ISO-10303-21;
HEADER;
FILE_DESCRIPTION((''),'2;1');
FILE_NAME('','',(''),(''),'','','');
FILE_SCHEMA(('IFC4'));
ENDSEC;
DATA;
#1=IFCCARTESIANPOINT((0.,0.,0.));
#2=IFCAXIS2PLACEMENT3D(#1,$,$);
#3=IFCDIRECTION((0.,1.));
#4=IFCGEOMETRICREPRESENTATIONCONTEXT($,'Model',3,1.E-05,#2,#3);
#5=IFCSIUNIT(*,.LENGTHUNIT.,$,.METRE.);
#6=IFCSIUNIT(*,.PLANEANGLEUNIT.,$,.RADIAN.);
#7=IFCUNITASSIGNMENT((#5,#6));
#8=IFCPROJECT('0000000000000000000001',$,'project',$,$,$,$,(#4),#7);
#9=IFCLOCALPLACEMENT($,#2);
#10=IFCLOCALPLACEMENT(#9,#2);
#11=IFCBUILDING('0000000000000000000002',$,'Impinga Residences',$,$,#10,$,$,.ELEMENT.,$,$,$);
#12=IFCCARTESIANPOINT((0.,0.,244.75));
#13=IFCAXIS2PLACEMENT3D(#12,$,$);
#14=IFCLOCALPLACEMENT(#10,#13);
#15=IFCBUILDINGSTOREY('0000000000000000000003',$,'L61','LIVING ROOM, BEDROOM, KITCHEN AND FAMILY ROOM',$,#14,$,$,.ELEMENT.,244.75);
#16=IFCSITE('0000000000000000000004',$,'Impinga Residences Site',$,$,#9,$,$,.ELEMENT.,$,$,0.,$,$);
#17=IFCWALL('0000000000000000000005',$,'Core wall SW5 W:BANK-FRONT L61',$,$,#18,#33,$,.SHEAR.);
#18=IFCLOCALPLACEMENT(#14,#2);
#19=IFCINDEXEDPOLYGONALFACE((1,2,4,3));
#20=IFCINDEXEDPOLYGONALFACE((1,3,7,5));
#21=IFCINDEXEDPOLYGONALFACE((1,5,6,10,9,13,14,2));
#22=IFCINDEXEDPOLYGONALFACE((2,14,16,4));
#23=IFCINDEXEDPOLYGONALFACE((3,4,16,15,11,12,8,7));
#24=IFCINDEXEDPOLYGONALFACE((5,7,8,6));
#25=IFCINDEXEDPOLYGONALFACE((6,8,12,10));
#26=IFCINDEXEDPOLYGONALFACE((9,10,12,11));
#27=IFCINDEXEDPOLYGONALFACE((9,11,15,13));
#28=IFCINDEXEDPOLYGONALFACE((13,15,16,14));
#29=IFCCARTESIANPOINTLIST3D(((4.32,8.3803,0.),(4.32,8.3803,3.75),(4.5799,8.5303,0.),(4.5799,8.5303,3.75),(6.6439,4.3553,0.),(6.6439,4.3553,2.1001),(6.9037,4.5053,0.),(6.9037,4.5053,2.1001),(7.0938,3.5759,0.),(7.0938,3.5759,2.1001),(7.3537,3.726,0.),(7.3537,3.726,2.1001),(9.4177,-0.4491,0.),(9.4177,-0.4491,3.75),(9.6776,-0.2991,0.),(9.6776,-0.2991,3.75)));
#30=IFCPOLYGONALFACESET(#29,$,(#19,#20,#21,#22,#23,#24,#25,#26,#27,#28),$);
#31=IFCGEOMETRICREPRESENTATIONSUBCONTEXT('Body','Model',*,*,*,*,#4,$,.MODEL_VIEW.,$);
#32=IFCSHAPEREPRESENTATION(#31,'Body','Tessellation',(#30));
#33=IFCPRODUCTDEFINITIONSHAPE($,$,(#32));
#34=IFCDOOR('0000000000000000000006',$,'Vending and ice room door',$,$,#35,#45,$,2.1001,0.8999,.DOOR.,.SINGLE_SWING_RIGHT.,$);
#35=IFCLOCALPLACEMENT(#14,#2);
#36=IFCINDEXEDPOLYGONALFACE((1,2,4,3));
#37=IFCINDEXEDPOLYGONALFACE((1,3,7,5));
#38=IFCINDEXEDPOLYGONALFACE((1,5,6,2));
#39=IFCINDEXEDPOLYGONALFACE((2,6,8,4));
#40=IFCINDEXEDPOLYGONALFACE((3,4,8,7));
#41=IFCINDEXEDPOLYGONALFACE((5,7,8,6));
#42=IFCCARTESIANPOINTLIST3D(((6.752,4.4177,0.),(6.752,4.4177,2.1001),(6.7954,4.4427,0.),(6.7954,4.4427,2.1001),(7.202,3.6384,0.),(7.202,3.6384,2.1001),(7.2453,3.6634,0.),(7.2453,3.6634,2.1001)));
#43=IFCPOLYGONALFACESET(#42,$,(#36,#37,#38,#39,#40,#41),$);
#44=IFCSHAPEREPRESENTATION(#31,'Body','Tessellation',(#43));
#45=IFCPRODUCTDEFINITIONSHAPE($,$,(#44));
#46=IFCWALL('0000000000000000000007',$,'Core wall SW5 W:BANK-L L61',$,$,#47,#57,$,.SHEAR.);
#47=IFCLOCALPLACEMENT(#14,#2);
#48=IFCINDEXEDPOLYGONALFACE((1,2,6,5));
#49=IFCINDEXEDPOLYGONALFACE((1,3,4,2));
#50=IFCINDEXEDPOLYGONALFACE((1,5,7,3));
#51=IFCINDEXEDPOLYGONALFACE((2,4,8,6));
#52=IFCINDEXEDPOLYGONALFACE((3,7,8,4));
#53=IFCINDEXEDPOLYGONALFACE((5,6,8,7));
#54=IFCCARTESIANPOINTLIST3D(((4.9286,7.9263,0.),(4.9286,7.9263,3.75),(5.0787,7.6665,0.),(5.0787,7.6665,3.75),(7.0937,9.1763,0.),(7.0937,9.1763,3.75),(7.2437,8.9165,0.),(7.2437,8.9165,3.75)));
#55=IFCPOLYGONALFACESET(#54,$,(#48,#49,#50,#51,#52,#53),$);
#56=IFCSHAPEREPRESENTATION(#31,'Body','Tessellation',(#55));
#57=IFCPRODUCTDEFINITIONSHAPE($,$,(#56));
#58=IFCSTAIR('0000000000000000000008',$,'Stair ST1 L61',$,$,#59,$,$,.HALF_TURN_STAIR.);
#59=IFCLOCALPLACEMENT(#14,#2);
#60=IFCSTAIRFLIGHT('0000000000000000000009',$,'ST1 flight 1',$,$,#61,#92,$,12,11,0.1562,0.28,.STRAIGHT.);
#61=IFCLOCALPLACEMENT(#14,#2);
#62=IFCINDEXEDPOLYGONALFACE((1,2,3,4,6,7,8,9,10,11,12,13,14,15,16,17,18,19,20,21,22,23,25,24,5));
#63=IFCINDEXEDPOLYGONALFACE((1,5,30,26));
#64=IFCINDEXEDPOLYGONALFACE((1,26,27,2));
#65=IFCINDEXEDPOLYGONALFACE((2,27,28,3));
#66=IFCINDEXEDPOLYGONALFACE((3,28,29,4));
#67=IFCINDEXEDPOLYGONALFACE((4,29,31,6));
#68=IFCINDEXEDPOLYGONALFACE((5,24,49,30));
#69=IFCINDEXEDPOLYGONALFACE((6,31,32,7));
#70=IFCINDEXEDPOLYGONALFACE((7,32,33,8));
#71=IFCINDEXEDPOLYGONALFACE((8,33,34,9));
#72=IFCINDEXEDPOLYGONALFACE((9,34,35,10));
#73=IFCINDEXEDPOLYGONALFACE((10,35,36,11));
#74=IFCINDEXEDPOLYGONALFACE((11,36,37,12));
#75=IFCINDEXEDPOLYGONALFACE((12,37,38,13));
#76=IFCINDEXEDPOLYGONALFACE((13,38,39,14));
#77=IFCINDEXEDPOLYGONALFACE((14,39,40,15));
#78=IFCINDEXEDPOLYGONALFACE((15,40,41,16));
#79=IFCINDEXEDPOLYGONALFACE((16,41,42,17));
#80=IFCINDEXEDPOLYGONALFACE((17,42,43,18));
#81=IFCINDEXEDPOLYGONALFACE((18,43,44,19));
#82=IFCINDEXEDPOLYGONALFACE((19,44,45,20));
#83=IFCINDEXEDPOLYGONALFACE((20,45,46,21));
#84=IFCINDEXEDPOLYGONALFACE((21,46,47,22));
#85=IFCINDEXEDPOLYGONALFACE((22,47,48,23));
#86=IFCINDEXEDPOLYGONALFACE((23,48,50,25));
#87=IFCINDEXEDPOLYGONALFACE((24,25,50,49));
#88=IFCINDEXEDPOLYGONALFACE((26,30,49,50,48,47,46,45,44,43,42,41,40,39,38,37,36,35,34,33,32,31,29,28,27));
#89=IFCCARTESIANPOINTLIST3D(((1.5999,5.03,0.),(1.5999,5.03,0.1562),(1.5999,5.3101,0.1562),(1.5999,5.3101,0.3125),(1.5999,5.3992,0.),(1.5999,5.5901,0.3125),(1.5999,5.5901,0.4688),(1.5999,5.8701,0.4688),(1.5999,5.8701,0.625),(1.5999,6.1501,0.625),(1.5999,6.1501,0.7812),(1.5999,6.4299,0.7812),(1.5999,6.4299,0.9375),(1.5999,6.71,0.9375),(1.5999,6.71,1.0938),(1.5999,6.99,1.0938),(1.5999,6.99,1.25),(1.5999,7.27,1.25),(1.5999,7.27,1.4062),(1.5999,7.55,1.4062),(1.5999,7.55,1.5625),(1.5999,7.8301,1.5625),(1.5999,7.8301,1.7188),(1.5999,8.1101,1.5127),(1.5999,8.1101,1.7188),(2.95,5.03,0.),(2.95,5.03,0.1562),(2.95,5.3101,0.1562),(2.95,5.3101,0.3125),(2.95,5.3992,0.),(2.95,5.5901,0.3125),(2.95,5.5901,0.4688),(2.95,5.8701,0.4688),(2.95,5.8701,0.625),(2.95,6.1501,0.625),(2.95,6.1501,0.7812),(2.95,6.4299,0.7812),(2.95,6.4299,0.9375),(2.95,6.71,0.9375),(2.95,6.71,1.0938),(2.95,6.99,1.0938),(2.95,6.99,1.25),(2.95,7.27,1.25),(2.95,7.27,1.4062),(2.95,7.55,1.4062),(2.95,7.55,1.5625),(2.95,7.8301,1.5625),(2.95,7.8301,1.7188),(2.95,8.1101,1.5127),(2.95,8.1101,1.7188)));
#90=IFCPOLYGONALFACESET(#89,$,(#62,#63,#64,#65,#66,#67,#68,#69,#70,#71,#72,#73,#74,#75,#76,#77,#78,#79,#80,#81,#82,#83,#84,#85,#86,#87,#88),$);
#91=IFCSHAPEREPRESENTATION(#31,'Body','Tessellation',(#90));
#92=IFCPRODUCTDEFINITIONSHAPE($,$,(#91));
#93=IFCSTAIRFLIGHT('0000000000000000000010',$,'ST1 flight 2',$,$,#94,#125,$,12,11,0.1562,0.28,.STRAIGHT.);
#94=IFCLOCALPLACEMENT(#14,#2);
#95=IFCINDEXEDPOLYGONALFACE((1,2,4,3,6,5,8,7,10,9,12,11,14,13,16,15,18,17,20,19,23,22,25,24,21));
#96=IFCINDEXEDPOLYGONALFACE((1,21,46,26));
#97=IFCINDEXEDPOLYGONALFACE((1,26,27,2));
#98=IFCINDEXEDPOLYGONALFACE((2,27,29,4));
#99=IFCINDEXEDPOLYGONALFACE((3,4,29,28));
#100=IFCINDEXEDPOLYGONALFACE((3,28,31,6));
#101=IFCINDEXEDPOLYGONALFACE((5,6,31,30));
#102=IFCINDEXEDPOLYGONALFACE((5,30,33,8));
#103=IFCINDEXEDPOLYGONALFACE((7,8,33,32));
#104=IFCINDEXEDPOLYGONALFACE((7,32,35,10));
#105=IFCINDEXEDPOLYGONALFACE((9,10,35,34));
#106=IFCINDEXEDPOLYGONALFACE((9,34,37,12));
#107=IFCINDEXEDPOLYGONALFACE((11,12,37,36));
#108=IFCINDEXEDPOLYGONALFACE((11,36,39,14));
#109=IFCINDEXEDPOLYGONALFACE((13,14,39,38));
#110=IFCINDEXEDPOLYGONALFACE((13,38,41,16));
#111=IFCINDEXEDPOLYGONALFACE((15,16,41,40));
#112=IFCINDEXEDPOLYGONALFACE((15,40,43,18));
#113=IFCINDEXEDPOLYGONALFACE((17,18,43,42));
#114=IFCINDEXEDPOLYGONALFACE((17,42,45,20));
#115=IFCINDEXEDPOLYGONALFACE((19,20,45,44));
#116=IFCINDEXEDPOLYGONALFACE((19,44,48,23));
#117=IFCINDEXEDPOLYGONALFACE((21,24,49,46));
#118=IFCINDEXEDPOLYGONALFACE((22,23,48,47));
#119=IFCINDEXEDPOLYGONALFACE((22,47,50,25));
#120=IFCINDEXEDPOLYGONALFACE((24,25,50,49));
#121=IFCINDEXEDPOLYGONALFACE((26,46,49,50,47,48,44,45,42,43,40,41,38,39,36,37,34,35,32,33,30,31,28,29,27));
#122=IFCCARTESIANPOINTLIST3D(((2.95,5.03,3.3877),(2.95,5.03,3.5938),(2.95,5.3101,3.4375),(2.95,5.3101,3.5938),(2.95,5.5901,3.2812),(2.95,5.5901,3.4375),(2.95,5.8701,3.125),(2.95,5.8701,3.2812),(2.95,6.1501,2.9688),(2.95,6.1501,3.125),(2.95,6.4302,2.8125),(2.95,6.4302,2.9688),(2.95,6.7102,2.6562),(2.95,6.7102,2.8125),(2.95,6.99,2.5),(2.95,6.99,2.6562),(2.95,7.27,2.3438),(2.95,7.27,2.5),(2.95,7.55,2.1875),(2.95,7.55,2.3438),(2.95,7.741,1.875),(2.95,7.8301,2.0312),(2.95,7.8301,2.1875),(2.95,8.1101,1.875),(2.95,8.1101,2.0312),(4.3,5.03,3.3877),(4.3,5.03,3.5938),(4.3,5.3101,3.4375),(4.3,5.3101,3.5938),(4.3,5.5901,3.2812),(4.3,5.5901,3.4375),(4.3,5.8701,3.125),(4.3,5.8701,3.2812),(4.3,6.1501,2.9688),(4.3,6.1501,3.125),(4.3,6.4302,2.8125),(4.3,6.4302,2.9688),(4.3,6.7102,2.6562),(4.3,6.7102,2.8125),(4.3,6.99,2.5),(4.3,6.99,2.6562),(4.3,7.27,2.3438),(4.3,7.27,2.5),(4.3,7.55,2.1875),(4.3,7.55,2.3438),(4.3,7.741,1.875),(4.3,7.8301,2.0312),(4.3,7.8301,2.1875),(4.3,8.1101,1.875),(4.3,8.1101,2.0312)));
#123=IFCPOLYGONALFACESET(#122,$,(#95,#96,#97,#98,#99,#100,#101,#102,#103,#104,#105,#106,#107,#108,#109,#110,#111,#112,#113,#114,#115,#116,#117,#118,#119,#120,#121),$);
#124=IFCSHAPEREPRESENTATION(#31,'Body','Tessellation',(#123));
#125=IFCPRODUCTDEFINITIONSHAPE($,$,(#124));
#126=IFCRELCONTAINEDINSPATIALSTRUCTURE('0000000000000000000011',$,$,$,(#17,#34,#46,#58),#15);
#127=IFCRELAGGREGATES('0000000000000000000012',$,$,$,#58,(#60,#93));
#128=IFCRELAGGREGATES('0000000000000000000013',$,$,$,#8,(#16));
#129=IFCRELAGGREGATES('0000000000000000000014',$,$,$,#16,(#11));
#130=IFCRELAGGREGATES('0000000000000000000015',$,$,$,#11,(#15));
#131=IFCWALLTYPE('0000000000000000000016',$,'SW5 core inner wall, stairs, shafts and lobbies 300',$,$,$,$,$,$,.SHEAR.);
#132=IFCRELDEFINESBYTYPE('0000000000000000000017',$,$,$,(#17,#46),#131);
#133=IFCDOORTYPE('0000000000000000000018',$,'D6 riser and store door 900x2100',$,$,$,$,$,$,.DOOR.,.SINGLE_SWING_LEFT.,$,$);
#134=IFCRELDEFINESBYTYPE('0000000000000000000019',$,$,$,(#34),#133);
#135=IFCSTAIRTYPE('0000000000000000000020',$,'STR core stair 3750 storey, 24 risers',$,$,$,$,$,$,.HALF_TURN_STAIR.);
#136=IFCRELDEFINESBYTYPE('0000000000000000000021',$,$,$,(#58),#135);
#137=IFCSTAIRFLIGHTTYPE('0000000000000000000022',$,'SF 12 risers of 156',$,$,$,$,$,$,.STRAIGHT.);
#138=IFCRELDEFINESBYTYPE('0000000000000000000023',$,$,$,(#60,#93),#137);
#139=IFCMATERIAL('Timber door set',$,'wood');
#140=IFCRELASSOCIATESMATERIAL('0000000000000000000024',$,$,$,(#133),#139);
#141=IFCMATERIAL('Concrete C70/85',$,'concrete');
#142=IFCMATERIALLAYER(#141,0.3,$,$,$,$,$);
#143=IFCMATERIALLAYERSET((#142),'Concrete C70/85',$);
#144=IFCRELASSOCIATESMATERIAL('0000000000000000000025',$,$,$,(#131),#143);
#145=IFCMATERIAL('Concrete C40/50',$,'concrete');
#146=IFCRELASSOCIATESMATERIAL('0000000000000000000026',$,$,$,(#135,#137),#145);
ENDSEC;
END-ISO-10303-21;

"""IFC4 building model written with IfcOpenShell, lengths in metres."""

from ifc_helpers import new_model, si_unit, direction, frame, frame_2d, origin, place, context, subcontext, project, spatial, polyline, rectangle, outline, extrude, material, layer, layer_set, type_object, element, fill, aggregate, save


model = new_model("IFC4")

# Units and contexts
model_context = context("Model", 3, precision=1e-05, world=origin(), true_north=direction((0.0, 1.0)))
body_context = subcontext(model_context, "Body", "Model", "MODEL_VIEW")
ifc_project = project(units=[si_unit("LENGTHUNIT", "METRE"), si_unit("PLANEANGLEUNIT", "RADIAN")], contexts=[model_context])

# Site, building, storey
site_placement = place(None, origin())
site = spatial("IfcSite", under=ifc_project, at=site_placement, Name="Impinga Residences Site", CompositionType="ELEMENT", RefElevation=0.0)
building_placement = place(site_placement, origin())
building = spatial("IfcBuilding", under=site, at=building_placement, Name="Impinga Residences", CompositionType="ELEMENT")
storey_placement = place(building_placement, frame((0.0, 0.0, 244.75)))
storey = spatial("IfcBuildingStorey", under=building, at=storey_placement, Name="L61", Description="LIVING ROOM, BEDROOM, KITCHEN AND FAMILY ROOM", CompositionType="ELEMENT", Elevation=244.75)

# Shared definitions
ifc_material_1 = material(Name="Timber door set", Category="wood")
door_type_1 = type_object("IfcDoorType", Name="D6 riser and store door 900x2100", OperationType="SINGLE_SWING_LEFT", PredefinedType="DOOR", material=ifc_material_1)

# Wall, opening, door
ifc_material_2 = material(Name="Concrete C70/85", Category="concrete")
ifc_layer_1 = layer(ifc_material_2, 0.3)
ifc_layer_set_1 = layer_set([ifc_layer_1], Name="Concrete C70/85")
wall_type_1 = type_object("IfcWallType", Name="SW5 core inner wall, stairs, shafts and lobbies 300", PredefinedType="SHEAR", material=ifc_layer_set_1)
wall_1_placement = place(storey_placement, frame((4.45, 8.4553, 0.0), z_axis=(0.0, 0.0, 1.0), x_axis=(0.500002, -0.866024, 0.0)))
wall_1 = element("IfcWall", 1, at=wall_1_placement, inside=storey, type_object=wall_type_1, Name="Core wall SW5 W:BANK-FRONT L61", PredefinedType="SHEAR", context=body_context, shape_type="SweptSolid", body=[
    extrude(rectangle(XDim=10.1953, YDim=0.3, at=frame_2d((5.0977, 0.0))), origin(), (0.0, 0.0, 1.0), 3.75),
])
opening_1_placement = place(wall_1_placement, frame((4.6477, 0.0, 0.0)))
opening_1 = element("IfcOpeningElement", 2, at=opening_1_placement, cuts=wall_1, PredefinedType="OPENING", context=body_context, shape_type="SweptSolid", body=[
    extrude(rectangle(XDim=0.8999, YDim=2.1001, at=frame_2d((0.45, 1.05))), frame((0.0, 0.1599, 0.0), z_axis=(0.0, -1.0, 0.0), x_axis=(1.0, 0.0, 0.0)), (0.0, 0.0, 1.0), 0.3201),
])
door_1_placement = place(opening_1_placement, origin())
door_1 = element("IfcDoor", 3, at=door_1_placement, inside=storey, type_object=door_type_1, Name="Vending and ice room door", OperationType="SINGLE_SWING_RIGHT", OverallHeight=2.1001, OverallWidth=0.8999, PredefinedType="DOOR", context=body_context, shape_type="SweptSolid", body=[
    extrude(rectangle(XDim=0.8999, YDim=2.1001, at=frame_2d((0.45, 1.05))), frame((0.0, 0.0249, 0.0), z_axis=(0.0, -1.0, 0.0), x_axis=(1.0, 0.0, 0.0)), (0.0, 0.0, 1.0), 0.05),
])
fill(opening_1, door_1)

# Wall
wall_2_placement = place(storey_placement, frame((5.0037, 7.7964, 0.0), z_axis=(0.0, 0.0, 1.0), x_axis=(0.866023, 0.500004, 0.0)))
element("IfcWall", 4, at=wall_2_placement, inside=storey, type_object=wall_type_1, Name="Core wall SW5 W:BANK-L L61", PredefinedType="SHEAR", context=body_context, shape_type="SweptSolid", body=[
    extrude(rectangle(XDim=2.5, YDim=0.3, at=frame_2d((1.25, 0.0))), origin(), (0.0, 0.0, 1.0), 3.75),
])

# Stair, stair flights
ifc_material_3 = material(Name="Concrete C40/50", Category="concrete")
stair_type = type_object("IfcStairType", Name="STR core stair 3750 storey, 24 risers", PredefinedType="HALF_TURN_STAIR", material=ifc_material_3)
stair_placement = place(storey_placement, origin())
stair = element("IfcStair", 5, at=stair_placement, inside=storey, type_object=stair_type, Name="Stair ST1 L61", PredefinedType="HALF_TURN_STAIR")
stair_flight_type = type_object("IfcStairFlightType", Name="SF 12 risers of 156", PredefinedType="STRAIGHT", material=ifc_material_3)
stair_flight_1_placement = place(storey_placement, frame((2.2749, 5.03, 0.0), z_axis=(0.0, 0.0, 1.0), x_axis=(0.0, 1.0, 0.0)))
stair_flight_1 = element("IfcStairFlight", 6, at=stair_flight_1_placement, type_object=stair_flight_type, Name="ST1 flight 1", NumberOfRisers=12, NumberOfTreads=11, PredefinedType="STRAIGHT", RiserHeight=0.1562, TreadLength=0.28, context=body_context, shape_type="SweptSolid", body=[
    extrude(outline(polyline([(0.0, 0.0), (0.0, 0.1562), (0.28, 0.1562), (0.28, 0.3125), (0.5601, 0.3125), (0.5601, 0.4688), (0.8401, 0.4688), (0.8401, 0.625), (1.1201, 0.625), (1.1201, 0.7812), (1.3999, 0.7812), (1.3999, 0.9375), (1.6799, 0.9375), (1.6799, 1.0938), (1.96, 1.0938), (1.96, 1.25), (2.24, 1.25), (2.24, 1.4062), (2.52, 1.4062), (2.52, 1.5625), (2.8, 1.5625), (2.8, 1.7188), (3.0801, 1.7188), (3.0801, 1.875), (3.0801, 1.5127), (0.3691, 0.0), (0.0, 0.0)])), frame((0.0, 0.675, 0.0), z_axis=(0.0, -1.0, 0.0), x_axis=(1.0, 0.0, 0.0)), (0.0, 0.0, 1.0), 1.3501),
])
stair_flight_2_placement = place(storey_placement, frame((3.625, 8.1101, 1.875), z_axis=(0.0, 0.0, 1.0), x_axis=(0.0, -1.0, 0.0)))
stair_flight_2 = element("IfcStairFlight", 7, at=stair_flight_2_placement, type_object=stair_flight_type, Name="ST1 flight 2", NumberOfRisers=12, NumberOfTreads=11, PredefinedType="STRAIGHT", RiserHeight=0.1562, TreadLength=0.28, context=body_context, shape_type="SweptSolid", body=[
    extrude(outline(polyline([(0.0, 0.0), (0.0, 0.1562), (0.28, 0.1562), (0.28, 0.3125), (0.5601, 0.3125), (0.5601, 0.4688), (0.8401, 0.4688), (0.8401, 0.625), (1.1201, 0.625), (1.1201, 0.7812), (1.3999, 0.7812), (1.3999, 0.9375), (1.6799, 0.9375), (1.6799, 1.0938), (1.96, 1.0938), (1.96, 1.25), (2.24, 1.25), (2.24, 1.4062), (2.52, 1.4062), (2.52, 1.5625), (2.8, 1.5625), (2.8, 1.7188), (3.0801, 1.7188), (3.0801, 1.875), (3.0801, 1.5127), (0.3691, 0.0), (0.0, 0.0)])), frame((0.0, 0.675, 0.0), z_axis=(0.0, -1.0, 0.0), x_axis=(1.0, 0.0, 0.0)), (0.0, 0.0, 1.0), 1.3501),
])
aggregate(stair, [stair_flight_1, stair_flight_2])

save(model, "model.ifc")
